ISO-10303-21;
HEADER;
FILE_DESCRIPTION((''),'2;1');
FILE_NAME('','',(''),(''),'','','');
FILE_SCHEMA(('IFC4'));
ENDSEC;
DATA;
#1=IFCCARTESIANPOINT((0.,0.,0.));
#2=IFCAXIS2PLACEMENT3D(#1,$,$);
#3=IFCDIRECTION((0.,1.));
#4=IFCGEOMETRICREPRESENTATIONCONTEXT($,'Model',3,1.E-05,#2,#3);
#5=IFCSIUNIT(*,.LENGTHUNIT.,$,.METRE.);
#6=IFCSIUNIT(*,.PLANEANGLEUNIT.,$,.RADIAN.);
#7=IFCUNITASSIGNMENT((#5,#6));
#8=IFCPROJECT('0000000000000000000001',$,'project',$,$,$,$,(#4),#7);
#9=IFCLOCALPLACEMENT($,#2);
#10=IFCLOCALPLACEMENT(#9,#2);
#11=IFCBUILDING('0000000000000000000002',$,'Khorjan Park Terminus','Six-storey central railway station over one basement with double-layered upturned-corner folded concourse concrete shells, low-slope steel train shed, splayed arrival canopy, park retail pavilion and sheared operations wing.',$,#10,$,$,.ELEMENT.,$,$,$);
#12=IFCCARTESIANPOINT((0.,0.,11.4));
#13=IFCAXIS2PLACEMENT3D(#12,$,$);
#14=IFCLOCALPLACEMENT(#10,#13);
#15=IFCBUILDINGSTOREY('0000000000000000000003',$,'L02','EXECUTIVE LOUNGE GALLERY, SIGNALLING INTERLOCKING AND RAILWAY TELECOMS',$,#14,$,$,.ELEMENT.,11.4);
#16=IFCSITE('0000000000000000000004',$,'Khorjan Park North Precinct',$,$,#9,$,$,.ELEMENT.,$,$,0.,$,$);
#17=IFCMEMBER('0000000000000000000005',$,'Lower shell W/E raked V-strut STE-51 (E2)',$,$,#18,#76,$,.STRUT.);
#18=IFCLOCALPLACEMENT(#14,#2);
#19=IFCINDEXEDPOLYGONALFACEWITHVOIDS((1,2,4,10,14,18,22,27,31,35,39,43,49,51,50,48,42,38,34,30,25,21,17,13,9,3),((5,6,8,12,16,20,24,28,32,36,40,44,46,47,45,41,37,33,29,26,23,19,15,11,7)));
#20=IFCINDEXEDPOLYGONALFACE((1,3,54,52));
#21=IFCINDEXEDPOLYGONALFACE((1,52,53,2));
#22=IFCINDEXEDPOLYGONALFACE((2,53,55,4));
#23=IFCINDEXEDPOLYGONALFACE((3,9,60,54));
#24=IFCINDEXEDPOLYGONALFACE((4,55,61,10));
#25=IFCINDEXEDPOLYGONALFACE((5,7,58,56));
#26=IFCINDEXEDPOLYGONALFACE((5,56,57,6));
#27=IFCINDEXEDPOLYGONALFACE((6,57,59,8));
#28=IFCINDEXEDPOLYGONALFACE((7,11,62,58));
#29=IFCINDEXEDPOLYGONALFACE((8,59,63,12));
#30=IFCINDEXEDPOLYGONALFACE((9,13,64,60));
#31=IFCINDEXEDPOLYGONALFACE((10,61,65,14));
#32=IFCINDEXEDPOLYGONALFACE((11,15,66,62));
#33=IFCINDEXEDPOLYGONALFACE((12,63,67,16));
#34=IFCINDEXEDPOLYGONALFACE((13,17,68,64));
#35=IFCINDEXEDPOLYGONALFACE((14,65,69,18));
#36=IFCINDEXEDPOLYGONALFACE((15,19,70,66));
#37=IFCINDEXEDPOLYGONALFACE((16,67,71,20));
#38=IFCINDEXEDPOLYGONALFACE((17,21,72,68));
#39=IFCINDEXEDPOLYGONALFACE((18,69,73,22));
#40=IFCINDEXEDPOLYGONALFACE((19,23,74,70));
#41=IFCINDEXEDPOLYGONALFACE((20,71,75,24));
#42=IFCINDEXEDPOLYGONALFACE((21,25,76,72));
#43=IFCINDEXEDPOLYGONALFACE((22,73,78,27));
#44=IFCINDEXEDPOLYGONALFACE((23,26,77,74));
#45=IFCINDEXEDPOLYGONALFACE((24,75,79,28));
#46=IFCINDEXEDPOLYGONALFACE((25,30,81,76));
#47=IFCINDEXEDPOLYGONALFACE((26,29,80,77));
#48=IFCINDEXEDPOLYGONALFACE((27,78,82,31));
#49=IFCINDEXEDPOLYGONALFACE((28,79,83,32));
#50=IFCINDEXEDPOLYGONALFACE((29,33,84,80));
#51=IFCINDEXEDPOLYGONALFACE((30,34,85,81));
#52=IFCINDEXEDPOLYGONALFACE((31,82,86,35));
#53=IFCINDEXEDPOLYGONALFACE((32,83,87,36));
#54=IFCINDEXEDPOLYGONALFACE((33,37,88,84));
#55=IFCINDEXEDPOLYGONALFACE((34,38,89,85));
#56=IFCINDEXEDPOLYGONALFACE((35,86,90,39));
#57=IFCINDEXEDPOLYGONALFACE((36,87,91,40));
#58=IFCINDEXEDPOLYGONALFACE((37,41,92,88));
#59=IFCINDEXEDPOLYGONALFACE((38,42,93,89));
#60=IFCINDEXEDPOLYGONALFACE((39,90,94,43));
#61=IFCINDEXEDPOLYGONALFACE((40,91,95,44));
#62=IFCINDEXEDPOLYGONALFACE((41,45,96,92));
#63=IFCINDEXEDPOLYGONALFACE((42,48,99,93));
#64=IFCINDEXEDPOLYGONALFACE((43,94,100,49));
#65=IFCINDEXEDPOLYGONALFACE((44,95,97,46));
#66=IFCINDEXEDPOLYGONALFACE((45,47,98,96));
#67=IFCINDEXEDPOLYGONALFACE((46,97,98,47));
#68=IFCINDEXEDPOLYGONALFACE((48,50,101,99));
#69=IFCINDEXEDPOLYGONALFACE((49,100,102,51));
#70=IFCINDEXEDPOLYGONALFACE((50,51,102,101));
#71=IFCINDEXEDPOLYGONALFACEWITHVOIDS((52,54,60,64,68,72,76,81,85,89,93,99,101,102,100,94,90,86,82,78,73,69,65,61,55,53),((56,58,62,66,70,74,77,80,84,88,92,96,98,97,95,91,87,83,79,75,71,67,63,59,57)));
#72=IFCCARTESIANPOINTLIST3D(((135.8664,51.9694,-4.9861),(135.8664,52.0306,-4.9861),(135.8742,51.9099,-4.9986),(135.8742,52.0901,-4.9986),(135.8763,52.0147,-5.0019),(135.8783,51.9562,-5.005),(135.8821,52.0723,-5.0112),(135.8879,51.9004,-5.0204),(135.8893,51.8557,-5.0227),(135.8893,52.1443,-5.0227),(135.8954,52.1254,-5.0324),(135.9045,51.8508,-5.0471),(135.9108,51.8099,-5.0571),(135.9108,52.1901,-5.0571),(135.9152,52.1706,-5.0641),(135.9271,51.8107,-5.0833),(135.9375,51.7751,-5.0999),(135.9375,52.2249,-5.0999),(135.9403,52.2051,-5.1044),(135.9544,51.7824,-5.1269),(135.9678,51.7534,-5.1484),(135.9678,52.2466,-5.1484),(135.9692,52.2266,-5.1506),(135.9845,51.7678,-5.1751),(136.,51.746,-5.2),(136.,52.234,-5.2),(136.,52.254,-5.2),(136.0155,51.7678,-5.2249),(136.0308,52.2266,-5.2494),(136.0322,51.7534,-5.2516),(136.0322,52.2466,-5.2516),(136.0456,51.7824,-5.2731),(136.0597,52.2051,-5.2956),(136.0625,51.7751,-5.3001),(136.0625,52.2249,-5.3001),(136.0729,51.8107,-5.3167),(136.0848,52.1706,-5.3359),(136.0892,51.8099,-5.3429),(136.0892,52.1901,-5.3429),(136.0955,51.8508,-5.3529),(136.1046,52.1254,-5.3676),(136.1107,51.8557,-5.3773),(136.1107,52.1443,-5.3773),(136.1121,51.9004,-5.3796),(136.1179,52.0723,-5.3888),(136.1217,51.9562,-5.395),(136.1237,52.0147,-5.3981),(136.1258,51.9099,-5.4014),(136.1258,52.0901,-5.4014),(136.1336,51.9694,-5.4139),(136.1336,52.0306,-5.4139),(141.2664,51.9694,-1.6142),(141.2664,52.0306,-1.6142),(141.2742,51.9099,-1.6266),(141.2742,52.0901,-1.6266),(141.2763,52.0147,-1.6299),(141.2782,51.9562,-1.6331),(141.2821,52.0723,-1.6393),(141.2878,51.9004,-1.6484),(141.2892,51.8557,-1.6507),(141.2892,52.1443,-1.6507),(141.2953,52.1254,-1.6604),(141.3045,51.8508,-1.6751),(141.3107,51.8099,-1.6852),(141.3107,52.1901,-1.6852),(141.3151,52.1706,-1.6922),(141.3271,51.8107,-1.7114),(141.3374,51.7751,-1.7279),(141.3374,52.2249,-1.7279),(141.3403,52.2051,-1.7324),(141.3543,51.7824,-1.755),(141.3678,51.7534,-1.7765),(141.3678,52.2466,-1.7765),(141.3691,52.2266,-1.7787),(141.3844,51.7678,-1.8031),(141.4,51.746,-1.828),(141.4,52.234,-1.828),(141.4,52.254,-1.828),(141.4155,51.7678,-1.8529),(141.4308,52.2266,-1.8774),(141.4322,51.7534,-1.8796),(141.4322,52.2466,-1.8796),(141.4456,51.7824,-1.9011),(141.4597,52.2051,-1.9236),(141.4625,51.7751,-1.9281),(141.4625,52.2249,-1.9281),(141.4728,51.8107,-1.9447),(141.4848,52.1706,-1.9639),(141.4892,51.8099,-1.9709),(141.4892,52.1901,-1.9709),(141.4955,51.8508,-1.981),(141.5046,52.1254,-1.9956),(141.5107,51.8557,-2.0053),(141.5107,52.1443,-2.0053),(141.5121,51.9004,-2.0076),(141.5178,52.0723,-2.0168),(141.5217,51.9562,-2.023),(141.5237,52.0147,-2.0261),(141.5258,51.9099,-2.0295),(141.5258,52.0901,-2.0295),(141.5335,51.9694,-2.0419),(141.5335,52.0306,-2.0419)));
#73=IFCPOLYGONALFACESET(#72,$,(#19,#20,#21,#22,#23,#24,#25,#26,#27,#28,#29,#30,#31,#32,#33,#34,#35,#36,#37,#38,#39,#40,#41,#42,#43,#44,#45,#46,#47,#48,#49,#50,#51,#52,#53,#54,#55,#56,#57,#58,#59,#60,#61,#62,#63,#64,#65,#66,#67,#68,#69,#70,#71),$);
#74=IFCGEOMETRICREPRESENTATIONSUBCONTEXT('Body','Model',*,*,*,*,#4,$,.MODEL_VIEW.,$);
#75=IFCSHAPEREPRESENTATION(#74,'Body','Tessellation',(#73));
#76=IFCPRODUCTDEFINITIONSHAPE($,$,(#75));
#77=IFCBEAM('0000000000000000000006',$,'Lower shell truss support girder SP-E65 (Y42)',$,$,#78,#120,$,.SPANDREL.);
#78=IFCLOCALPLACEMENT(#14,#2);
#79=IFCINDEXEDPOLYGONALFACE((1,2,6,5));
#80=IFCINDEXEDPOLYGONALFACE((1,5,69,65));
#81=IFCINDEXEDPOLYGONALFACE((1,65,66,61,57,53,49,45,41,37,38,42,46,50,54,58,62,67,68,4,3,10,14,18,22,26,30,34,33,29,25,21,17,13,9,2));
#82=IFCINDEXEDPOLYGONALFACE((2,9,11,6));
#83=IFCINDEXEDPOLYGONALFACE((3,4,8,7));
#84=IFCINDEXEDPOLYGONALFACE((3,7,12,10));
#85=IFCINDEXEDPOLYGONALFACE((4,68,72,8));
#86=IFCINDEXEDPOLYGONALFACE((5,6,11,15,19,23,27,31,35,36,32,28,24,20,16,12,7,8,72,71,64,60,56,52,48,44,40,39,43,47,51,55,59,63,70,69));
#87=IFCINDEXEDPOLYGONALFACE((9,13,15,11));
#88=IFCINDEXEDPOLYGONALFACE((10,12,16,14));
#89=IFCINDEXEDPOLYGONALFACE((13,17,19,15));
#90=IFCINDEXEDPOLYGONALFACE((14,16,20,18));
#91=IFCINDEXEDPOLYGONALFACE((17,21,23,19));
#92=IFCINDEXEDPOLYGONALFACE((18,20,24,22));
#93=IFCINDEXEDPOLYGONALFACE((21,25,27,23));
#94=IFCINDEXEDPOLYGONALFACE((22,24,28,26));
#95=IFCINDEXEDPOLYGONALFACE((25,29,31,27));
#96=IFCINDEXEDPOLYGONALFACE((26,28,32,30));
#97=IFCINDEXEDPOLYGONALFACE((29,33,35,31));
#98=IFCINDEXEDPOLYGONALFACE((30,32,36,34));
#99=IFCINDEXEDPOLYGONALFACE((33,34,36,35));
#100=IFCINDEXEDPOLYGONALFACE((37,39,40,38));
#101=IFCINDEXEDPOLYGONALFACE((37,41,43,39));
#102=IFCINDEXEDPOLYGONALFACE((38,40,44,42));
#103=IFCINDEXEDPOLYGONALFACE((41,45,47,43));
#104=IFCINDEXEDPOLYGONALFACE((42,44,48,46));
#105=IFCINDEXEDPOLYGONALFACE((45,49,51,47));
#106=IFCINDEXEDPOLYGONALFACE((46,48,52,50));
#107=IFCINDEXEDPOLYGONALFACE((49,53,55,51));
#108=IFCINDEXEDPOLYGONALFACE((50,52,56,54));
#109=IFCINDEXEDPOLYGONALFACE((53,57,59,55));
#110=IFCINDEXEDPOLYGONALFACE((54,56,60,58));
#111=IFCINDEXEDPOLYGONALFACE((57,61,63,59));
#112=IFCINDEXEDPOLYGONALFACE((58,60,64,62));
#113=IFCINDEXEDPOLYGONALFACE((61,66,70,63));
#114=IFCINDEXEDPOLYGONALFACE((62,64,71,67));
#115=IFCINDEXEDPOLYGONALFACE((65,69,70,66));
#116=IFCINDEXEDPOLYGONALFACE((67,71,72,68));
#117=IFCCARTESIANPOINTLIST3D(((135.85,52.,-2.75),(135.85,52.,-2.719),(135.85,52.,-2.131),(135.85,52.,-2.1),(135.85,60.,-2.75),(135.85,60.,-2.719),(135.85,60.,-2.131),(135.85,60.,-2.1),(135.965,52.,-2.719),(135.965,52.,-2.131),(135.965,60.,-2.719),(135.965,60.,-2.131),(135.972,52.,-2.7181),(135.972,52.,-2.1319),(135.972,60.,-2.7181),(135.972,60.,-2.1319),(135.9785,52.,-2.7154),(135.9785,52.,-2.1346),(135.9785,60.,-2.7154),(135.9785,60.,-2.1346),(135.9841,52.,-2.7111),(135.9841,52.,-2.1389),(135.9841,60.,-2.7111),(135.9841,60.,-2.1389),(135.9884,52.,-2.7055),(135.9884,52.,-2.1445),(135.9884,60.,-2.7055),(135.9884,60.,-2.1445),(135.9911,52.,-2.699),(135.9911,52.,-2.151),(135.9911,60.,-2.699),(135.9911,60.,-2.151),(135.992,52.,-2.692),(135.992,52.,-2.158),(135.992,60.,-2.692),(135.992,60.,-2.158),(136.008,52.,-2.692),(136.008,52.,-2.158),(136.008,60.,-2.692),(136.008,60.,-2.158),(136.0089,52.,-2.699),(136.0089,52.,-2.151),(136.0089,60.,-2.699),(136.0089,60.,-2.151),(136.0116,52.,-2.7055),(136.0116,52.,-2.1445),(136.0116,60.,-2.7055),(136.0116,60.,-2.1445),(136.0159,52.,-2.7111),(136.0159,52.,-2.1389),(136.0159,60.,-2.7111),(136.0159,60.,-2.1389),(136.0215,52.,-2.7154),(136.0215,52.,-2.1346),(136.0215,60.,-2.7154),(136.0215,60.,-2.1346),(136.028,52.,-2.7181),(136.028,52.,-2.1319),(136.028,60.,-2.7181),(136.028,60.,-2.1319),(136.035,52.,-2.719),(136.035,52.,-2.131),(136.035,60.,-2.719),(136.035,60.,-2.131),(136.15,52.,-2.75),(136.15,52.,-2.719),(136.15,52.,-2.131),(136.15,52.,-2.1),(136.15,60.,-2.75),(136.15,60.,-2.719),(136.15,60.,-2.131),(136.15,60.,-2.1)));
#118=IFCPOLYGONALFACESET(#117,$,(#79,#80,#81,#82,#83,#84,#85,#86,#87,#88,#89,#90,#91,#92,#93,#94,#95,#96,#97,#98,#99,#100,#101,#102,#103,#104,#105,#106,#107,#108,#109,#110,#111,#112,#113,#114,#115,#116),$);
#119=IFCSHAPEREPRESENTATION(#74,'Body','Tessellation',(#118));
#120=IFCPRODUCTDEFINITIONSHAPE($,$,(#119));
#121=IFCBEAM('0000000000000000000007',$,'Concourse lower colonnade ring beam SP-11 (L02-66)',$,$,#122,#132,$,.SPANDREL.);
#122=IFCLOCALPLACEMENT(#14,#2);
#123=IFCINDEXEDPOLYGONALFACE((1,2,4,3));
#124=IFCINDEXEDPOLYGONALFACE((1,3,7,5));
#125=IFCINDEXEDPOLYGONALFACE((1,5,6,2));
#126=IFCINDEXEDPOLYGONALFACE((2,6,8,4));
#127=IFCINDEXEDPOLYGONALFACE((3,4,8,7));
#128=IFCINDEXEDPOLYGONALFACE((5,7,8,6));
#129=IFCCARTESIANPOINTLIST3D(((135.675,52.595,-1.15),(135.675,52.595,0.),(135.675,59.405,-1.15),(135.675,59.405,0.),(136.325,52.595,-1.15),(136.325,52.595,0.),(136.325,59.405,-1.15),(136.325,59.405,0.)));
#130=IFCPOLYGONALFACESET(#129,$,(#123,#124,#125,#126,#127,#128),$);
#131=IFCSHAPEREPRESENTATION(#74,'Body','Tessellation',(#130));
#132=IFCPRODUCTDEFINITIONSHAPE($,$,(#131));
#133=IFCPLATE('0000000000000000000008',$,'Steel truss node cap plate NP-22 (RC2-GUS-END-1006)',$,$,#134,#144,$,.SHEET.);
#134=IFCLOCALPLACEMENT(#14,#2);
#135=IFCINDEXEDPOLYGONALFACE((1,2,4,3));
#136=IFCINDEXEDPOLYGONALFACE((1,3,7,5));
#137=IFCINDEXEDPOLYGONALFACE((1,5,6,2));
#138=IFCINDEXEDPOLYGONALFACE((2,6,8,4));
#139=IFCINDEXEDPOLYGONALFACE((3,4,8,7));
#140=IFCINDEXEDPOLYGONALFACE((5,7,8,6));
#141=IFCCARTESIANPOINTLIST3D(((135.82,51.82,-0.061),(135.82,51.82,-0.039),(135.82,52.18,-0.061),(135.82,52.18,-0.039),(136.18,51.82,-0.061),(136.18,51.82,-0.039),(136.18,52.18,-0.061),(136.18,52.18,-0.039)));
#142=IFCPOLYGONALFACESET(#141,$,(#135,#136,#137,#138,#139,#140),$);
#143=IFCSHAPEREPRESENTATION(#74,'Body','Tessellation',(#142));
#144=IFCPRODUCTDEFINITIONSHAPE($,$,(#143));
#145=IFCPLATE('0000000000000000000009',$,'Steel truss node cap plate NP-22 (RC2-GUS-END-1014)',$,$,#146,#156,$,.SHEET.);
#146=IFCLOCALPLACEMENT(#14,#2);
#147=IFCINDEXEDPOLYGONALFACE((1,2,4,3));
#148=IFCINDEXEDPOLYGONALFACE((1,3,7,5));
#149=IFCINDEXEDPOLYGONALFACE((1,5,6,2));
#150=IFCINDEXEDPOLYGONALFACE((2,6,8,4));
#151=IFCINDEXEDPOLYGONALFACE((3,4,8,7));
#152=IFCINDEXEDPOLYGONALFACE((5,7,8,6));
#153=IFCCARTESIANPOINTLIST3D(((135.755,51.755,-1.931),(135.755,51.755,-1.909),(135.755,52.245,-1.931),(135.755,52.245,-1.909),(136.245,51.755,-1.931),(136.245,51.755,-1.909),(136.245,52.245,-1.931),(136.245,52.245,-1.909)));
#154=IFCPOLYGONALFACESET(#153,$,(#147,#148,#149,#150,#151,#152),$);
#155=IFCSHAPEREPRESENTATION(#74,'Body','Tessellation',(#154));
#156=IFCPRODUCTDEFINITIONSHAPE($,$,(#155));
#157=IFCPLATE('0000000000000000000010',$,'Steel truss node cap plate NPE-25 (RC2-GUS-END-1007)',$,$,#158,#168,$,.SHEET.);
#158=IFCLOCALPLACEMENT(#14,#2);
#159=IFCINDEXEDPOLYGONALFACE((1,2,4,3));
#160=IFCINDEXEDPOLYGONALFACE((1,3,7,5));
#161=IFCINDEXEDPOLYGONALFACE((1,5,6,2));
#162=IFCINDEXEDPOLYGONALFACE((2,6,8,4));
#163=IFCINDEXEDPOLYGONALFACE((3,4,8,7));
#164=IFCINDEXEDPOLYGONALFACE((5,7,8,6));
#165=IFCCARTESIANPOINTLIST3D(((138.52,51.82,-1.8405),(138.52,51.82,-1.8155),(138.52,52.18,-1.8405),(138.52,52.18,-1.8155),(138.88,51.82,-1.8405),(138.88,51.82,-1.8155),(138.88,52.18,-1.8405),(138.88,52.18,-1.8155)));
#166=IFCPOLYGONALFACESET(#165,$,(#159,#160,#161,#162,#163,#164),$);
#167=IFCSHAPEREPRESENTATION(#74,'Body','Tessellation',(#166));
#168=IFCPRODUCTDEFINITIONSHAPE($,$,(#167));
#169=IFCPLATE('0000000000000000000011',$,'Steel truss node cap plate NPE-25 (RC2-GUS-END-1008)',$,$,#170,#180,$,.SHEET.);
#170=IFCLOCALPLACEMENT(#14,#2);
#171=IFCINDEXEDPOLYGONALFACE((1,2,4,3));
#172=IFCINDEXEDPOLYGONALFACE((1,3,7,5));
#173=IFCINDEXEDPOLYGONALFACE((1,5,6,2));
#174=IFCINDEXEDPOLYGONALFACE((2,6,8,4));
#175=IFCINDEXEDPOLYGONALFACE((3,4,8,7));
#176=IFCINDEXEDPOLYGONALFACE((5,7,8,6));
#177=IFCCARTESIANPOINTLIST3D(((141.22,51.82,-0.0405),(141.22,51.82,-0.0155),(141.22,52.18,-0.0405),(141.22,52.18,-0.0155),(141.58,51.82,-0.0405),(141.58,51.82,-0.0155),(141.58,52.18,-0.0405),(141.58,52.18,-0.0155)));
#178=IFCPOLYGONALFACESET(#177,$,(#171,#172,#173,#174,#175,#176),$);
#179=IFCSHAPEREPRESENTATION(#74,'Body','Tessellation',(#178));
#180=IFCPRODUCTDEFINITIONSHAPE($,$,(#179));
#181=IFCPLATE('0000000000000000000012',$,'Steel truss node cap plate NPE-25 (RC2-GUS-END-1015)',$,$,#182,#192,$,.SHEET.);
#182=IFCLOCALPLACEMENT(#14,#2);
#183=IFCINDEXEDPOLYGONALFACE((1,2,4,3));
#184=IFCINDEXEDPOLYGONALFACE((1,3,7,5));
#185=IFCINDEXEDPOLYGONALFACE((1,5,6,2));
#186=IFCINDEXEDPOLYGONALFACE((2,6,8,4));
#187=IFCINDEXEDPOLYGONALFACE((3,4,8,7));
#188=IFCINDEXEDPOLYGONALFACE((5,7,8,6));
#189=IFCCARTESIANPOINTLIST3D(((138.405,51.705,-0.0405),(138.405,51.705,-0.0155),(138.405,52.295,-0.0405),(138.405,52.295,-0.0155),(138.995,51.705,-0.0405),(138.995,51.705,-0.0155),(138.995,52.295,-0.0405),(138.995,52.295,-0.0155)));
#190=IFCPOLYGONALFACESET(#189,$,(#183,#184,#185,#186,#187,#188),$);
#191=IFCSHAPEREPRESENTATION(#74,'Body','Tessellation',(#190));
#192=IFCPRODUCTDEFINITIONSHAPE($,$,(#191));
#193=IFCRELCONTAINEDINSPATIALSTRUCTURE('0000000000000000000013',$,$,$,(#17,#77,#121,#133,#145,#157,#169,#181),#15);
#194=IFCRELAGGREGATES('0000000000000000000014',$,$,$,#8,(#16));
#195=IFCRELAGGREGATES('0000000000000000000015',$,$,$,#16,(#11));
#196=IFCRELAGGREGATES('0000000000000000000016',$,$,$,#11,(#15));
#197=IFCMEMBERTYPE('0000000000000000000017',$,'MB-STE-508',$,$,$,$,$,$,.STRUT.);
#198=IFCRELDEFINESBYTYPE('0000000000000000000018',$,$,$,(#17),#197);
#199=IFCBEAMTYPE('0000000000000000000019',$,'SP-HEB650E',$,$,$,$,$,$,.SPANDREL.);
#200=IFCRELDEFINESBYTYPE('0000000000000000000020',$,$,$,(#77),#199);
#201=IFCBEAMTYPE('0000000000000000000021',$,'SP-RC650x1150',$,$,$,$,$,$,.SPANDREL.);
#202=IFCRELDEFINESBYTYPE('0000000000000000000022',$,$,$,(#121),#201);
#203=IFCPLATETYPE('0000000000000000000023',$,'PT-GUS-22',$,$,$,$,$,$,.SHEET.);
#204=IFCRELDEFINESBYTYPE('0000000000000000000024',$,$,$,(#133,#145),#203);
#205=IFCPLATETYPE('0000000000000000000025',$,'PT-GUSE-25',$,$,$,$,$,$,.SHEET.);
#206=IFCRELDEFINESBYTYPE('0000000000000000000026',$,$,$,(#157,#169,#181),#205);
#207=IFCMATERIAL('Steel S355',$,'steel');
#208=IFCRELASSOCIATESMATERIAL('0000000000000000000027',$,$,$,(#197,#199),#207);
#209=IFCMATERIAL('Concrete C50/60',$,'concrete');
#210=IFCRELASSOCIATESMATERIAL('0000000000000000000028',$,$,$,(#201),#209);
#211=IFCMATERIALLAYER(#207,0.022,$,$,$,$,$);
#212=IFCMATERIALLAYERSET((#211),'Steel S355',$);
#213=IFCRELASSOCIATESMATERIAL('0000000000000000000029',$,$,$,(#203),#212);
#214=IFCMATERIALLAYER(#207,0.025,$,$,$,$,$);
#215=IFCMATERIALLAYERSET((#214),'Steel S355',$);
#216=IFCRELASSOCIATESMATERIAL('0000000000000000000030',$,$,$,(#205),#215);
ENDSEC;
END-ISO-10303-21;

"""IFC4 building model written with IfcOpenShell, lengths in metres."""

from ifc_helpers import new_model, si_unit, direction, frame, origin, origin_2d, place, context, subcontext, project, spatial, rectangle, hollow_circle, i_section, extrude, material, layer, layer_set, material_profile, profile_set, type_object, element, save


model = new_model("IFC4")

# Units and contexts
model_context = context("Model", 3, precision=1e-05, world=origin(), true_north=direction((0.0, 1.0)))
body_context = subcontext(model_context, "Body", "Model", "MODEL_VIEW")
ifc_project = project(units=[si_unit("LENGTHUNIT", "METRE"), si_unit("PLANEANGLEUNIT", "RADIAN")], contexts=[model_context])

# Site, building, storey
site_placement = place(None, origin())
site = spatial("IfcSite", under=ifc_project, at=site_placement, Name="Khorjan Park North Precinct", CompositionType="ELEMENT", RefElevation=0.0)
building_placement = place(site_placement, origin())
building = spatial("IfcBuilding", under=site, at=building_placement, Name="Khorjan Park Terminus", Description="Six-storey central railway station over one basement with double-layered upturned-corner folded concourse concrete shells, low-slope steel train shed, splayed arrival canopy, park retail pavilion and sheared operations wing.", CompositionType="ELEMENT")
storey_placement = place(building_placement, frame((0.0, 0.0, 11.4)))
storey = spatial("IfcBuildingStorey", under=building, at=storey_placement, Name="L02", Description="EXECUTIVE LOUNGE GALLERY, SIGNALLING INTERLOCKING AND RAILWAY TELECOMS", CompositionType="ELEMENT", Elevation=11.4)

# Shared definitions
ifc_material_1 = material(Name="Concrete C50/60", Category="concrete")

# Member
ifc_material_2 = material(Name="Steel S355", Category="steel")
ifc_material_profile_1 = material_profile(ifc_material_2, hollow_circle(Radius=0.254, WallThickness=0.02, at=origin_2d()), Name="CHS 508x20")
ifc_profile_set_1 = profile_set([ifc_material_profile_1], Name="Steel S355")
member_type_1 = type_object("IfcMemberType", Name="MB-STE-508", PredefinedType="STRUT", material=ifc_profile_set_1)
member_1_placement = place(storey_placement, frame((136.0, 52.0, -5.2), z_axis=(0.84821, 0.0, 0.52966), x_axis=(0.0, 1.0, 0.0)))
element("IfcMember", 1, at=member_1_placement, inside=storey, type_object=member_type_1, Name="Lower shell W/E raked V-strut STE-51 (E2)", PredefinedType="STRUT", context=body_context, shape_type="SweptSolid", body=[
    extrude(hollow_circle(Radius=0.254, WallThickness=0.02, at=origin_2d()), origin(), (0.0, 0.0, 1.0), 6.3663),
])

# Beams
ifc_material_profile_2 = material_profile(ifc_material_2, i_section(OverallWidth=0.3, OverallDepth=0.65, WebThickness=0.016, FlangeThickness=0.031, FilletRadius=0.027, at=origin_2d()), Name="HEB 650")
ifc_profile_set_2 = profile_set([ifc_material_profile_2], Name="Steel S355")
beam_type_1 = type_object("IfcBeamType", Name="SP-HEB650E", PredefinedType="SPANDREL", material=ifc_profile_set_2)
beam_1_placement = place(storey_placement, frame((136.0, 52.0, -2.425), z_axis=(0.0, 1.0, 0.0), x_axis=(-1.0, 0.0, 0.0)))
element("IfcBeam", 2, at=beam_1_placement, inside=storey, type_object=beam_type_1, Name="Lower shell truss support girder SP-E65 (Y42)", PredefinedType="SPANDREL", context=body_context, shape_type="SweptSolid", body=[
    extrude(i_section(OverallWidth=0.3, OverallDepth=0.65, WebThickness=0.016, FlangeThickness=0.031, FilletRadius=0.027, at=origin_2d()), origin(), (0.0, 0.0, 1.0), 8.0),
])
ifc_material_profile_3 = material_profile(ifc_material_1, rectangle(XDim=0.65, YDim=1.15, at=origin_2d()), Name="RC 650x1150")
ifc_profile_set_3 = profile_set([ifc_material_profile_3], Name="Concrete C50/60")
beam_type_2 = type_object("IfcBeamType", Name="SP-RC650x1150", PredefinedType="SPANDREL", material=ifc_profile_set_3)
beam_2_placement = place(storey_placement, frame((136.0, 52.595, -0.575), z_axis=(0.0, 1.0, 0.0), x_axis=(-1.0, 0.0, 0.0)))
element("IfcBeam", 3, at=beam_2_placement, inside=storey, type_object=beam_type_2, Name="Concourse lower colonnade ring beam SP-11 (L02-66)", PredefinedType="SPANDREL", context=body_context, shape_type="SweptSolid", body=[
    extrude(rectangle(XDim=0.65, YDim=1.15, at=origin_2d()), origin(), (0.0, 0.0, 1.0), 6.81),
])

# Plates
ifc_layer_1 = layer(ifc_material_2, 0.022)
ifc_layer_set_1 = layer_set([ifc_layer_1], Name="Steel S355")
plate_type_1 = type_object("IfcPlateType", Name="PT-GUS-22", PredefinedType="SHEET", material=ifc_layer_set_1)
plate_1_placement = place(storey_placement, frame((136.0, 52.0, -0.061), z_axis=(0.0, 0.0, 1.0), x_axis=(1.0, 0.0, 0.0)))
element("IfcPlate", 4, at=plate_1_placement, inside=storey, type_object=plate_type_1, Name="Steel truss node cap plate NP-22 (RC2-GUS-END-1006)", PredefinedType="SHEET", context=body_context, shape_type="SweptSolid", body=[
    extrude(rectangle(XDim=0.36, YDim=0.36, at=origin_2d()), origin(), (0.0, 0.0, 1.0), 0.022),
])
plate_2_placement = place(storey_placement, frame((136.0, 52.0, -1.931), z_axis=(0.0, 0.0, 1.0), x_axis=(1.0, 0.0, 0.0)))
element("IfcPlate", 5, at=plate_2_placement, inside=storey, type_object=plate_type_1, Name="Steel truss node cap plate NP-22 (RC2-GUS-END-1014)", PredefinedType="SHEET", context=body_context, shape_type="SweptSolid", body=[
    extrude(rectangle(XDim=0.49, YDim=0.49, at=origin_2d()), origin(), (0.0, 0.0, 1.0), 0.022),
])
ifc_layer_2 = layer(ifc_material_2, 0.025)
ifc_layer_set_2 = layer_set([ifc_layer_2], Name="Steel S355")
plate_type_2 = type_object("IfcPlateType", Name="PT-GUSE-25", PredefinedType="SHEET", material=ifc_layer_set_2)
for number, where, z_axis, x_axis, name in (
    (6, (138.7, 52.0, -1.8405), (0.0, 0.0, 1.0), (1.0, 0.0, 0.0), "Steel truss node cap plate NPE-25 (RC2-GUS-END-1007)"),
    (7, (141.4, 52.0, -0.0405), (0.0, 0.0, 1.0), (1.0, 0.0, 0.0), "Steel truss node cap plate NPE-25 (RC2-GUS-END-1008)"),
):
    element("IfcPlate", number, at=place(storey_placement, frame(where, z_axis=z_axis, x_axis=x_axis)), inside=storey, type_object=plate_type_2, Name=name, PredefinedType="SHEET", context=body_context, shape_type="SweptSolid", body=[
        extrude(rectangle(XDim=0.36, YDim=0.36, at=origin_2d()), origin(), (0.0, 0.0, 1.0), 0.025),
    ])
for number, where, z_axis, x_axis, name in (
    (8, (138.7, 52.0, -0.0405), (0.0, 0.0, 1.0), (1.0, 0.0, 0.0), "Steel truss node cap plate NPE-25 (RC2-GUS-END-1015)"),
):
    element("IfcPlate", number, at=place(storey_placement, frame(where, z_axis=z_axis, x_axis=x_axis)), inside=storey, type_object=plate_type_2, Name=name, PredefinedType="SHEET", context=body_context, shape_type="SweptSolid", body=[
        extrude(rectangle(XDim=0.59, YDim=0.59, at=origin_2d()), origin(), (0.0, 0.0, 1.0), 0.025),
    ])

save(model, "model.ifc")
